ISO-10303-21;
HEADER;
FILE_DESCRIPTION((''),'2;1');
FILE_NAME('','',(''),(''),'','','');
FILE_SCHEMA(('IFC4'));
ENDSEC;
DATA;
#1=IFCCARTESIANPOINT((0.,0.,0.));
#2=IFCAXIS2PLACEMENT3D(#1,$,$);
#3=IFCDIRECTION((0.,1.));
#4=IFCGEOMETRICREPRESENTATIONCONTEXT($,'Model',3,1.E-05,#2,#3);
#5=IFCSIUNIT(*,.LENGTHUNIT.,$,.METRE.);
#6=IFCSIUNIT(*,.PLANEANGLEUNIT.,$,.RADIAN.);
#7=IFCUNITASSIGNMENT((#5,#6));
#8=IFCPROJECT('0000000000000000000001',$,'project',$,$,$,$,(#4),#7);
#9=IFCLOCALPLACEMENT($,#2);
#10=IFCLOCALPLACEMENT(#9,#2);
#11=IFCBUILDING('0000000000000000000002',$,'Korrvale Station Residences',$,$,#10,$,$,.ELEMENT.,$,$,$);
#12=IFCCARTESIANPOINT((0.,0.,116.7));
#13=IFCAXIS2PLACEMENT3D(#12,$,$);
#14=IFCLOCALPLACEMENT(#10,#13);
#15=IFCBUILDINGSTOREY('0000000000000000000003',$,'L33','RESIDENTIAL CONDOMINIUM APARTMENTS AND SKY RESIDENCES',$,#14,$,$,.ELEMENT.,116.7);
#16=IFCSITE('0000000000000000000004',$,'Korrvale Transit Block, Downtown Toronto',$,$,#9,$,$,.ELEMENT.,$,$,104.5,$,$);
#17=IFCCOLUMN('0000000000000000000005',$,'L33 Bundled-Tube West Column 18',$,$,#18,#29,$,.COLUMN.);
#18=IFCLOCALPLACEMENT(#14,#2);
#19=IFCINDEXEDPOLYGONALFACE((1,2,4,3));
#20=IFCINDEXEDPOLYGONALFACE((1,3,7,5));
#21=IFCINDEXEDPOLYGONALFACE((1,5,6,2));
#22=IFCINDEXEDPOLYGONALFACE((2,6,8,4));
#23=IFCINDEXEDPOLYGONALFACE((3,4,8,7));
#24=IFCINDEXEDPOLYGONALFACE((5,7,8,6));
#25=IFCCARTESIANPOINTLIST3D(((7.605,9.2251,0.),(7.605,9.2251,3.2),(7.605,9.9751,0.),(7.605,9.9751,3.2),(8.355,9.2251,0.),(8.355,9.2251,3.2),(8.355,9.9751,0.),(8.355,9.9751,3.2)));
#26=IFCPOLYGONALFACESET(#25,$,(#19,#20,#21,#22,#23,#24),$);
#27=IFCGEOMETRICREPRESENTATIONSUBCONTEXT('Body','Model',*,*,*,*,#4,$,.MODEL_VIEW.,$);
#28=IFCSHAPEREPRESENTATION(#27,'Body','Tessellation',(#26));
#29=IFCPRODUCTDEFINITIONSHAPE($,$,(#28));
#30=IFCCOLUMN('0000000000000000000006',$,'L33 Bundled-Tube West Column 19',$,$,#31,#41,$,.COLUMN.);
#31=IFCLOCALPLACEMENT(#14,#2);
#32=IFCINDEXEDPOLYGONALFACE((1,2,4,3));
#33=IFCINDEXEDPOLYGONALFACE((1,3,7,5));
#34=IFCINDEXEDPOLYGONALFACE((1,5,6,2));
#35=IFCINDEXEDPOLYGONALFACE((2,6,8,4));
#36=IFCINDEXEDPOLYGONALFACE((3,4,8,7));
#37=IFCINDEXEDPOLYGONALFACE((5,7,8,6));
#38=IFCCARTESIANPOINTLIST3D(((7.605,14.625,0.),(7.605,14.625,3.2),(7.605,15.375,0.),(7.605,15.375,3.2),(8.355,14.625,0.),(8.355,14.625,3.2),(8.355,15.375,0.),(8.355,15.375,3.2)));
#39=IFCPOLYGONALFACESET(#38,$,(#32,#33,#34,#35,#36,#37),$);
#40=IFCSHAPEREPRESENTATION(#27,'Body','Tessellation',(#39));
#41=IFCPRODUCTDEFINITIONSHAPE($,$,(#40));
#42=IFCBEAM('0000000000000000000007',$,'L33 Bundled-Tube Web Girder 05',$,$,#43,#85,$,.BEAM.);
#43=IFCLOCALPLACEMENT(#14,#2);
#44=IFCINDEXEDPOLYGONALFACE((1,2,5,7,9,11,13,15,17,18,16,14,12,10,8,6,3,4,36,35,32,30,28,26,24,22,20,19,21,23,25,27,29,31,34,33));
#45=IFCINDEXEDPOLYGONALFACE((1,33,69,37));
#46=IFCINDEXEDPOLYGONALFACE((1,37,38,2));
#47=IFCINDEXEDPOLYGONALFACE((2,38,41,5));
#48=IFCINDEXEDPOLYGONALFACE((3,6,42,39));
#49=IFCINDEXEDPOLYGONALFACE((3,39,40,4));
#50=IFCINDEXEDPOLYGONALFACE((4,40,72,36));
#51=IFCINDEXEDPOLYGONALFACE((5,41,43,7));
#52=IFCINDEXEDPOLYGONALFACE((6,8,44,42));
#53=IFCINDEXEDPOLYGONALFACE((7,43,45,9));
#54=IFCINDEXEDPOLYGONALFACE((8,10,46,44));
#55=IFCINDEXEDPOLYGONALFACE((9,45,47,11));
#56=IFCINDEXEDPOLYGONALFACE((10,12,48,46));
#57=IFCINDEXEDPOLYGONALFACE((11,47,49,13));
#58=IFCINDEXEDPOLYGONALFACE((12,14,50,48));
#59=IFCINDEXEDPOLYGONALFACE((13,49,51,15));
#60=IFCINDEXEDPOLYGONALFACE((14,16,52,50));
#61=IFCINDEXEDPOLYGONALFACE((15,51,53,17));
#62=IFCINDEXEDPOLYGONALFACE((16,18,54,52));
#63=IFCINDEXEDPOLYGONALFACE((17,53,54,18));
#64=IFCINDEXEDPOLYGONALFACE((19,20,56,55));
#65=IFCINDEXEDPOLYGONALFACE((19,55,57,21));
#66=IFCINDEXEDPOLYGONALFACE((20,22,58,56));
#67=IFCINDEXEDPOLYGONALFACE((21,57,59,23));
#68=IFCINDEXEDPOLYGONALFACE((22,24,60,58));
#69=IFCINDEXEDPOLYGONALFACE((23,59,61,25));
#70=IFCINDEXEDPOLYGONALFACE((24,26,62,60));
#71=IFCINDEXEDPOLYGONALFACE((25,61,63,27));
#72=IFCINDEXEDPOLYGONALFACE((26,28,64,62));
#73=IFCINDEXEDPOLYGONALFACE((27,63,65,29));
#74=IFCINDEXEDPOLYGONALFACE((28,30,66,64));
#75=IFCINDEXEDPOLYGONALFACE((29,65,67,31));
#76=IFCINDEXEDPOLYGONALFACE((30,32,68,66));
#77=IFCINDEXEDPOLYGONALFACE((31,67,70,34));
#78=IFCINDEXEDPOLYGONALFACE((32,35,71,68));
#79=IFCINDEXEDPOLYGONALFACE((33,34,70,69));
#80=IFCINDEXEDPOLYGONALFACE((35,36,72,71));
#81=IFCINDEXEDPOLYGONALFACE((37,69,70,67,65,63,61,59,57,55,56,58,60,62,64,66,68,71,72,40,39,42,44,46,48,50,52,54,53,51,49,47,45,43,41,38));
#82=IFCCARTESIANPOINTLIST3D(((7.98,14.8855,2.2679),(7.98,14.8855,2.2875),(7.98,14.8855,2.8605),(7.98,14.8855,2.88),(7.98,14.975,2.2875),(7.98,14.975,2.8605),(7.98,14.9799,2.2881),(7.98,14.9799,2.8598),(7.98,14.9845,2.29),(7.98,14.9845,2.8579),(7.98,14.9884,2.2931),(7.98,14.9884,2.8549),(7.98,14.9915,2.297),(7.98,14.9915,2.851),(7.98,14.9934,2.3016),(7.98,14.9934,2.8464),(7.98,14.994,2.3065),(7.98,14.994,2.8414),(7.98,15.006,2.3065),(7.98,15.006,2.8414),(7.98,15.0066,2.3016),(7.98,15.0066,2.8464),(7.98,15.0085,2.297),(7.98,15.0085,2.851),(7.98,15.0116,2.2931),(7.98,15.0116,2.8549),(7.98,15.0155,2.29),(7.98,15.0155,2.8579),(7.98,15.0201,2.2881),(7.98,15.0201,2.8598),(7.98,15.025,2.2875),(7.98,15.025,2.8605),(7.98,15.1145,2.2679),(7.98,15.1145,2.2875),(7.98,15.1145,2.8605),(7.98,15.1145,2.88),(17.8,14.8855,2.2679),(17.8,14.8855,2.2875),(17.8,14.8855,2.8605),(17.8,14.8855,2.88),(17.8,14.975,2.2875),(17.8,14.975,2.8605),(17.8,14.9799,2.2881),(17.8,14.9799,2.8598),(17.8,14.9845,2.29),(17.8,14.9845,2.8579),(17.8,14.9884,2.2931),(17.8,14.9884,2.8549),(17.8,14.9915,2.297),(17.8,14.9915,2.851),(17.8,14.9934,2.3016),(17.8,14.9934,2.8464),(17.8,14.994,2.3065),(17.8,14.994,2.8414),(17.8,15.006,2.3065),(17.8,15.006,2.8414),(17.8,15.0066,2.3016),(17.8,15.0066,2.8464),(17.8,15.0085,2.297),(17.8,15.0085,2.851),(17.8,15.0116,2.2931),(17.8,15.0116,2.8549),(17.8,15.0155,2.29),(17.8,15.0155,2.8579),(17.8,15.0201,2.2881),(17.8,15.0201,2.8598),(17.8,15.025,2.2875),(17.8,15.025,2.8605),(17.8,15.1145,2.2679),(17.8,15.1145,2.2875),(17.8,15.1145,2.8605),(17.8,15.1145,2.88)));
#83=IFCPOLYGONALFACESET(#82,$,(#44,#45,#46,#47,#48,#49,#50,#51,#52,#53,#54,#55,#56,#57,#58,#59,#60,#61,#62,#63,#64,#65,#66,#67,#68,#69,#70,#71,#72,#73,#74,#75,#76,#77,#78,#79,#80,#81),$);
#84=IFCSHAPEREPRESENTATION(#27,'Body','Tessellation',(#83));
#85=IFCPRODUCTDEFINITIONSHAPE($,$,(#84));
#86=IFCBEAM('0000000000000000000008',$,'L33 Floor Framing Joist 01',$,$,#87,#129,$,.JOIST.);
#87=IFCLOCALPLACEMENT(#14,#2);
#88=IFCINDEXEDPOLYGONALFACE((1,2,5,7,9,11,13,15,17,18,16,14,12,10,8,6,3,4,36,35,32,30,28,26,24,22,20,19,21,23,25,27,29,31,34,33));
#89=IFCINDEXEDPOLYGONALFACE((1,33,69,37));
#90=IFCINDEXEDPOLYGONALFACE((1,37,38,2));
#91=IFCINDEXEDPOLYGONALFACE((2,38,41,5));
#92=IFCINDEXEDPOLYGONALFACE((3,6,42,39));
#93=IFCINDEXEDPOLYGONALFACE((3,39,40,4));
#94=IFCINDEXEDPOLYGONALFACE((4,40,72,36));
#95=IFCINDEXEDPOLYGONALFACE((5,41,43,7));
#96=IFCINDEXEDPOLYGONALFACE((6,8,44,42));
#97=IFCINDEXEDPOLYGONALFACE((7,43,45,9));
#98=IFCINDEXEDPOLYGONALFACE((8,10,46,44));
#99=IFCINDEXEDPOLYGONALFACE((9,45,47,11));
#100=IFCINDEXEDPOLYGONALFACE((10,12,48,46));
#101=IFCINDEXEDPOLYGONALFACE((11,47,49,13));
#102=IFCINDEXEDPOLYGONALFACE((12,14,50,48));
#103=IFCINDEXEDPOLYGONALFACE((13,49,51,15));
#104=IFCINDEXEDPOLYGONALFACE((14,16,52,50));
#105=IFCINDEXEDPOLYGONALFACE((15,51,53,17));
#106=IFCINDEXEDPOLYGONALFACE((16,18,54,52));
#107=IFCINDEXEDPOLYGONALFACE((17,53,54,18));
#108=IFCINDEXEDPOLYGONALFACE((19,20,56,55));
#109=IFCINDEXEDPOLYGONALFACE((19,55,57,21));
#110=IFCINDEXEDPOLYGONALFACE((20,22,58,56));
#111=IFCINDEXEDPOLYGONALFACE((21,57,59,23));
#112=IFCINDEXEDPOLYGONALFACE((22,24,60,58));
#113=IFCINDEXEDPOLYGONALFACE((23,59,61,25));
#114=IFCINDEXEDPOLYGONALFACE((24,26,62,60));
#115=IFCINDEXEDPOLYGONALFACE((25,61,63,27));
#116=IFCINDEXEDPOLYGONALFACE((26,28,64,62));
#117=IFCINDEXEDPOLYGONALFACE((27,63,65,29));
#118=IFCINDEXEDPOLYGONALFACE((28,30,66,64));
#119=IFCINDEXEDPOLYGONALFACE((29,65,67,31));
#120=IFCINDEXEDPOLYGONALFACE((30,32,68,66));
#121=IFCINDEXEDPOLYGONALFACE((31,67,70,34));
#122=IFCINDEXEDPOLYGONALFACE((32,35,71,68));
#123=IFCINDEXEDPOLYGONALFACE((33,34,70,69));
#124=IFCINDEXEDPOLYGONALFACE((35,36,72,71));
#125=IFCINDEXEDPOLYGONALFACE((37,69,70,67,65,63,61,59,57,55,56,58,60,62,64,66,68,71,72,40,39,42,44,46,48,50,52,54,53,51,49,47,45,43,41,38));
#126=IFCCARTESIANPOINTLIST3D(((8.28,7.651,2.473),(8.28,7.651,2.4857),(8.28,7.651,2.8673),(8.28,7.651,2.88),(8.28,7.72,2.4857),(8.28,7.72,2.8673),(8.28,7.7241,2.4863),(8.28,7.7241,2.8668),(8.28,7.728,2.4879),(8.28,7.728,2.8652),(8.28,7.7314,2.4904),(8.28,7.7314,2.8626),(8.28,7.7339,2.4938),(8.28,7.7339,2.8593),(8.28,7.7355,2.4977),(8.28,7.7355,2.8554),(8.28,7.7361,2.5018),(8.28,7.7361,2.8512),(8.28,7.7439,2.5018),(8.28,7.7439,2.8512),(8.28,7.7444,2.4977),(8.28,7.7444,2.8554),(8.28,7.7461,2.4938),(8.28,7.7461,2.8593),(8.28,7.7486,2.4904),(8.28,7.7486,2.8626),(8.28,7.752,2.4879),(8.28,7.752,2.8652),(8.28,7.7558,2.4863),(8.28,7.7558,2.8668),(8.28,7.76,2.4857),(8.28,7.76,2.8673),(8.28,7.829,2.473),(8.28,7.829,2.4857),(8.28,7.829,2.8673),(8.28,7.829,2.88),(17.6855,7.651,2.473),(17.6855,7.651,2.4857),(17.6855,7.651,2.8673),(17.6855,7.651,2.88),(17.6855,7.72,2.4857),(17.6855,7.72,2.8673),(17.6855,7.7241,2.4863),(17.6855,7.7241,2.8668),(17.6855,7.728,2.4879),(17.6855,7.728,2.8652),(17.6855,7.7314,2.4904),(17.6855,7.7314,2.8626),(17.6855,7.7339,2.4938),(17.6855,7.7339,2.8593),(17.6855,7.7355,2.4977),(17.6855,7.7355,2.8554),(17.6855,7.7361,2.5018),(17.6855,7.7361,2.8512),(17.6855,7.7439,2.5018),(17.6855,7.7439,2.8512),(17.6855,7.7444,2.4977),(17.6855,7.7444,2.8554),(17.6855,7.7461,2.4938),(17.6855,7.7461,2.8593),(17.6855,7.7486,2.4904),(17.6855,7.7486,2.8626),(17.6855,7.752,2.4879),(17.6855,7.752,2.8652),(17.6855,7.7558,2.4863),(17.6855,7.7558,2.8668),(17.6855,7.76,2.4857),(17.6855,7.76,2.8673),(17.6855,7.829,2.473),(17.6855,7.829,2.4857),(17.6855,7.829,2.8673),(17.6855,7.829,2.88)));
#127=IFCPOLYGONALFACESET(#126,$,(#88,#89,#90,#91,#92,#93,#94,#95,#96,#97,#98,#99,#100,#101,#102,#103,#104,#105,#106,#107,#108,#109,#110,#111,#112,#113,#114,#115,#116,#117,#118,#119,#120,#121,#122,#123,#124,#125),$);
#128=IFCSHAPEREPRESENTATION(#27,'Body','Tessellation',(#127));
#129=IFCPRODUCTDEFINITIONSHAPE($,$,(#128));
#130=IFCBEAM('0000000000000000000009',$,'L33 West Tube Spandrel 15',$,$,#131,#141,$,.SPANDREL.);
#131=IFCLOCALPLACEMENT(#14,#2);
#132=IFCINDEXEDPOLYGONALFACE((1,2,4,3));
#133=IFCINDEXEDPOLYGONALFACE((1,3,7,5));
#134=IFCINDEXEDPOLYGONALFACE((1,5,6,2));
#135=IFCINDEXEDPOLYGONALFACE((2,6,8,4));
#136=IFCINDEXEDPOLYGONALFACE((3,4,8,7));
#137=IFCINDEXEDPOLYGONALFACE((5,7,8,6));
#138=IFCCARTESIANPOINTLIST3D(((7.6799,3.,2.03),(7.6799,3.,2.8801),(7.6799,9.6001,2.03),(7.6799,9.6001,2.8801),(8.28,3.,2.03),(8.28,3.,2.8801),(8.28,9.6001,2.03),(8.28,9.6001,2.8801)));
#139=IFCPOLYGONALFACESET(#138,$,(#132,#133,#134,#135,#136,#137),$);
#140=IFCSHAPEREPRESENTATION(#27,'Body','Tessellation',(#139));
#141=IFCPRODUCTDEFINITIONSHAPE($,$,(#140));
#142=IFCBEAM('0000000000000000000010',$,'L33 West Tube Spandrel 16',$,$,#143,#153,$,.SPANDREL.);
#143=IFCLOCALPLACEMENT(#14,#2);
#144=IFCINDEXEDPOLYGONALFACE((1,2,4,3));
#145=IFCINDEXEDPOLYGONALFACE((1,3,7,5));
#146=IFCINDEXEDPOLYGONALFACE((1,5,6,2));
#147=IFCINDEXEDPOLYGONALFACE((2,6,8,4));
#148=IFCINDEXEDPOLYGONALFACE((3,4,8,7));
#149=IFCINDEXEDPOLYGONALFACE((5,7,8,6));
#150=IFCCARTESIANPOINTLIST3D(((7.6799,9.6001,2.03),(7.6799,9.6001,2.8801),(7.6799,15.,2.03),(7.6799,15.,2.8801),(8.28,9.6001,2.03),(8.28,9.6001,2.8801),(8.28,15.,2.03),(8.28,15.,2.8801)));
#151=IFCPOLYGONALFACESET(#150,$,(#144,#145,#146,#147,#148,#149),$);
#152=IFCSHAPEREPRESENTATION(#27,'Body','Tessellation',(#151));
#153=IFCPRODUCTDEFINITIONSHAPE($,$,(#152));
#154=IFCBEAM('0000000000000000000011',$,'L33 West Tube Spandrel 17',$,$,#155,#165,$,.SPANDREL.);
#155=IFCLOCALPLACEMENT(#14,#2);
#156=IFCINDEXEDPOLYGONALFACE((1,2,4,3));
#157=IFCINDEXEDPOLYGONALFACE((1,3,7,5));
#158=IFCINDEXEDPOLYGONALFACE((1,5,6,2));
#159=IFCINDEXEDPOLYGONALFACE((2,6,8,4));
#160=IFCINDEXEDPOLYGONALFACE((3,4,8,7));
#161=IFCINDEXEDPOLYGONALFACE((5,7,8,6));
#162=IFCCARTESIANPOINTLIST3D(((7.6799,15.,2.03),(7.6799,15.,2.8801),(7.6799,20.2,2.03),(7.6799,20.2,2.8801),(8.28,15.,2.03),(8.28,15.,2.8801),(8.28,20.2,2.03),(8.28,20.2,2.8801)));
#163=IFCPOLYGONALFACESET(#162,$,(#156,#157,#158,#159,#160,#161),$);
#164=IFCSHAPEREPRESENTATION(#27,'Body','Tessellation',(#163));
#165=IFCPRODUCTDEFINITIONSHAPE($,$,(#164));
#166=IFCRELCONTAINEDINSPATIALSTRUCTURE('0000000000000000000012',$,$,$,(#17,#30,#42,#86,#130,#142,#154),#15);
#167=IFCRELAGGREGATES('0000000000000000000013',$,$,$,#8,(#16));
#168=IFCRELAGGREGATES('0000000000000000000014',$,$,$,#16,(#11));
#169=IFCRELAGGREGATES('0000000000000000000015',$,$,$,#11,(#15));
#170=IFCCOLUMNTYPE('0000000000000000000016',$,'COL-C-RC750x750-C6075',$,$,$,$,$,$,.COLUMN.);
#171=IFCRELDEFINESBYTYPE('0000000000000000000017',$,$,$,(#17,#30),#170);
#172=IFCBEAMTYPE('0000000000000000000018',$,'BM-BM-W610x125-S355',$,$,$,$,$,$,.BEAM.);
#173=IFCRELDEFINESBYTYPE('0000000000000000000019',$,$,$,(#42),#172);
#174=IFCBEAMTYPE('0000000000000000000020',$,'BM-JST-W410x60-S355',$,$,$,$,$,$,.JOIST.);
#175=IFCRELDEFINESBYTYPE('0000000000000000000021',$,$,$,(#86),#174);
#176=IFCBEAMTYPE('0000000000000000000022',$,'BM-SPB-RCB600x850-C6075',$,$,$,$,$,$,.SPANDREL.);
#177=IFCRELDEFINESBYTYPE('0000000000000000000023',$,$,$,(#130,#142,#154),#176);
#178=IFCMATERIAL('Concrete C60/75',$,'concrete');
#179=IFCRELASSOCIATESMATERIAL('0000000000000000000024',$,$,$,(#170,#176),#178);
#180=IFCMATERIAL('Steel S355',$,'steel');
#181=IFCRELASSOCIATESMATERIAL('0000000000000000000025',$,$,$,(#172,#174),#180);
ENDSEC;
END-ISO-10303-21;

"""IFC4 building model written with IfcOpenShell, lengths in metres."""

from ifc_helpers import new_model, si_unit, direction, frame, origin, origin_2d, place, context, subcontext, project, spatial, rectangle, i_section, extrude, material, material_profile, profile_set, type_object, element, save


model = new_model("IFC4")

# Units and contexts
model_context = context("Model", 3, precision=1e-05, world=origin(), true_north=direction((0.0, 1.0)))
body_context = subcontext(model_context, "Body", "Model", "MODEL_VIEW")
ifc_project = project(units=[si_unit("LENGTHUNIT", "METRE"), si_unit("PLANEANGLEUNIT", "RADIAN")], contexts=[model_context])

# Site, building, storey
site_placement = place(None, origin())
site = spatial("IfcSite", under=ifc_project, at=site_placement, Name="Korrvale Transit Block, Downtown Toronto", CompositionType="ELEMENT", RefElevation=104.5)
building_placement = place(site_placement, origin())
building = spatial("IfcBuilding", under=site, at=building_placement, Name="Korrvale Station Residences", CompositionType="ELEMENT")
storey_placement = place(building_placement, frame((0.0, 0.0, 116.7)))
storey = spatial("IfcBuildingStorey", under=building, at=storey_placement, Name="L33", Description="RESIDENTIAL CONDOMINIUM APARTMENTS AND SKY RESIDENCES", CompositionType="ELEMENT", Elevation=116.7)

# Columns
ifc_material_1 = material(Name="Concrete C60/75", Category="concrete")
ifc_material_profile_1 = material_profile(ifc_material_1, rectangle(XDim=0.75, YDim=0.75, at=origin_2d()), Name="RC750x750")
ifc_profile_set_1 = profile_set([ifc_material_profile_1], Name="Concrete C60/75")
column_type = type_object("IfcColumnType", Name="COL-C-RC750x750-C6075", PredefinedType="COLUMN", material=ifc_profile_set_1)
for number, where, z_axis, x_axis, name in (
    (1, (7.98, 9.6001, 0.0), (0.0, 0.0, 1.0), (1.0, 0.0, 0.0), "L33 Bundled-Tube West Column 18"),
    (2, (7.98, 15.0, 0.0), (0.0, 0.0, 1.0), (1.0, 0.0, 0.0), "L33 Bundled-Tube West Column 19"),
):
    element("IfcColumn", number, at=place(storey_placement, frame(where, z_axis=z_axis, x_axis=x_axis)), inside=storey, type_object=column_type, Name=name, PredefinedType="COLUMN", context=body_context, shape_type="SweptSolid", body=[
        extrude(rectangle(XDim=0.75, YDim=0.75, at=origin_2d()), origin(), (0.0, 0.0, 1.0), 3.2),
    ])

# Beams
ifc_material_2 = material(Name="Steel S355", Category="steel")
ifc_material_profile_2 = material_profile(ifc_material_2, i_section(OverallWidth=0.229, OverallDepth=0.6121, WebThickness=0.012, FlangeThickness=0.0195, FilletRadius=0.019, at=origin_2d()), Name="W610x125")
ifc_profile_set_2 = profile_set([ifc_material_profile_2], Name="Steel S355")
beam_type_1 = type_object("IfcBeamType", Name="BM-BM-W610x125-S355", PredefinedType="BEAM", material=ifc_profile_set_2)
beam_1_placement = place(storey_placement, frame((7.98, 15.0, 2.574), z_axis=(1.0, 0.0, 0.0), x_axis=(0.0, 1.0, 0.0)))
element("IfcBeam", 3, at=beam_1_placement, inside=storey, type_object=beam_type_1, Name="L33 Bundled-Tube Web Girder 05", PredefinedType="BEAM", context=body_context, shape_type="SweptSolid", body=[
    extrude(i_section(OverallWidth=0.229, OverallDepth=0.6121, WebThickness=0.012, FlangeThickness=0.0195, FilletRadius=0.019, at=origin_2d()), origin(), (0.0, 0.0, 1.0), 9.8201),
])
ifc_material_profile_3 = material_profile(ifc_material_2, i_section(OverallWidth=0.178, OverallDepth=0.407, WebThickness=0.0078, FlangeThickness=0.0127, FilletRadius=0.0161, at=origin_2d()), Name="W410x60")
ifc_profile_set_3 = profile_set([ifc_material_profile_3], Name="Steel S355")
beam_type_2 = type_object("IfcBeamType", Name="BM-JST-W410x60-S355", PredefinedType="JOIST", material=ifc_profile_set_3)
beam_2_placement = place(storey_placement, frame((8.28, 7.74, 2.6765), z_axis=(1.0, 0.0, 0.0), x_axis=(0.0, 1.0, 0.0)))
element("IfcBeam", 4, at=beam_2_placement, inside=storey, type_object=beam_type_2, Name="L33 Floor Framing Joist 01", PredefinedType="JOIST", context=body_context, shape_type="SweptSolid", body=[
    extrude(i_section(OverallWidth=0.178, OverallDepth=0.407, WebThickness=0.0078, FlangeThickness=0.0127, FilletRadius=0.0161, at=origin_2d()), origin(), (0.0, 0.0, 1.0), 9.4055),
])
ifc_material_profile_4 = material_profile(ifc_material_1, rectangle(XDim=0.6001, YDim=0.8501, at=origin_2d()), Name="RCB600x850")
ifc_profile_set_4 = profile_set([ifc_material_profile_4], Name="Concrete C60/75")
beam_type_3 = type_object("IfcBeamType", Name="BM-SPB-RCB600x850-C6075", PredefinedType="SPANDREL", material=ifc_profile_set_4)
beam_3_placement = place(storey_placement, frame((7.98, 3.0, 2.4551), z_axis=(0.0, 1.0, 0.0), x_axis=(-1.0, 0.0, 0.0)))
element("IfcBeam", 5, at=beam_3_placement, inside=storey, type_object=beam_type_3, Name="L33 West Tube Spandrel 15", PredefinedType="SPANDREL", context=body_context, shape_type="SweptSolid", body=[
    extrude(rectangle(XDim=0.6001, YDim=0.8501, at=origin_2d()), origin(), (0.0, 0.0, 1.0), 6.6001),
])
beam_4_placement = place(storey_placement, frame((7.98, 9.6001, 2.4551), z_axis=(0.0, 1.0, 0.0), x_axis=(-1.0, 0.0, 0.0)))
element("IfcBeam", 6, at=beam_4_placement, inside=storey, type_object=beam_type_3, Name="L33 West Tube Spandrel 16", PredefinedType="SPANDREL", context=body_context, shape_type="SweptSolid", body=[
    extrude(rectangle(XDim=0.6001, YDim=0.8501, at=origin_2d()), origin(), (0.0, 0.0, 1.0), 5.3999),
])
beam_5_placement = place(storey_placement, frame((7.98, 15.0, 2.4551), z_axis=(0.0, 1.0, 0.0), x_axis=(-1.0, 0.0, 0.0)))
element("IfcBeam", 7, at=beam_5_placement, inside=storey, type_object=beam_type_3, Name="L33 West Tube Spandrel 17", PredefinedType="SPANDREL", context=body_context, shape_type="SweptSolid", body=[
    extrude(rectangle(XDim=0.6001, YDim=0.8501, at=origin_2d()), origin(), (0.0, 0.0, 1.0), 5.2),
])

save(model, "model.ifc")
